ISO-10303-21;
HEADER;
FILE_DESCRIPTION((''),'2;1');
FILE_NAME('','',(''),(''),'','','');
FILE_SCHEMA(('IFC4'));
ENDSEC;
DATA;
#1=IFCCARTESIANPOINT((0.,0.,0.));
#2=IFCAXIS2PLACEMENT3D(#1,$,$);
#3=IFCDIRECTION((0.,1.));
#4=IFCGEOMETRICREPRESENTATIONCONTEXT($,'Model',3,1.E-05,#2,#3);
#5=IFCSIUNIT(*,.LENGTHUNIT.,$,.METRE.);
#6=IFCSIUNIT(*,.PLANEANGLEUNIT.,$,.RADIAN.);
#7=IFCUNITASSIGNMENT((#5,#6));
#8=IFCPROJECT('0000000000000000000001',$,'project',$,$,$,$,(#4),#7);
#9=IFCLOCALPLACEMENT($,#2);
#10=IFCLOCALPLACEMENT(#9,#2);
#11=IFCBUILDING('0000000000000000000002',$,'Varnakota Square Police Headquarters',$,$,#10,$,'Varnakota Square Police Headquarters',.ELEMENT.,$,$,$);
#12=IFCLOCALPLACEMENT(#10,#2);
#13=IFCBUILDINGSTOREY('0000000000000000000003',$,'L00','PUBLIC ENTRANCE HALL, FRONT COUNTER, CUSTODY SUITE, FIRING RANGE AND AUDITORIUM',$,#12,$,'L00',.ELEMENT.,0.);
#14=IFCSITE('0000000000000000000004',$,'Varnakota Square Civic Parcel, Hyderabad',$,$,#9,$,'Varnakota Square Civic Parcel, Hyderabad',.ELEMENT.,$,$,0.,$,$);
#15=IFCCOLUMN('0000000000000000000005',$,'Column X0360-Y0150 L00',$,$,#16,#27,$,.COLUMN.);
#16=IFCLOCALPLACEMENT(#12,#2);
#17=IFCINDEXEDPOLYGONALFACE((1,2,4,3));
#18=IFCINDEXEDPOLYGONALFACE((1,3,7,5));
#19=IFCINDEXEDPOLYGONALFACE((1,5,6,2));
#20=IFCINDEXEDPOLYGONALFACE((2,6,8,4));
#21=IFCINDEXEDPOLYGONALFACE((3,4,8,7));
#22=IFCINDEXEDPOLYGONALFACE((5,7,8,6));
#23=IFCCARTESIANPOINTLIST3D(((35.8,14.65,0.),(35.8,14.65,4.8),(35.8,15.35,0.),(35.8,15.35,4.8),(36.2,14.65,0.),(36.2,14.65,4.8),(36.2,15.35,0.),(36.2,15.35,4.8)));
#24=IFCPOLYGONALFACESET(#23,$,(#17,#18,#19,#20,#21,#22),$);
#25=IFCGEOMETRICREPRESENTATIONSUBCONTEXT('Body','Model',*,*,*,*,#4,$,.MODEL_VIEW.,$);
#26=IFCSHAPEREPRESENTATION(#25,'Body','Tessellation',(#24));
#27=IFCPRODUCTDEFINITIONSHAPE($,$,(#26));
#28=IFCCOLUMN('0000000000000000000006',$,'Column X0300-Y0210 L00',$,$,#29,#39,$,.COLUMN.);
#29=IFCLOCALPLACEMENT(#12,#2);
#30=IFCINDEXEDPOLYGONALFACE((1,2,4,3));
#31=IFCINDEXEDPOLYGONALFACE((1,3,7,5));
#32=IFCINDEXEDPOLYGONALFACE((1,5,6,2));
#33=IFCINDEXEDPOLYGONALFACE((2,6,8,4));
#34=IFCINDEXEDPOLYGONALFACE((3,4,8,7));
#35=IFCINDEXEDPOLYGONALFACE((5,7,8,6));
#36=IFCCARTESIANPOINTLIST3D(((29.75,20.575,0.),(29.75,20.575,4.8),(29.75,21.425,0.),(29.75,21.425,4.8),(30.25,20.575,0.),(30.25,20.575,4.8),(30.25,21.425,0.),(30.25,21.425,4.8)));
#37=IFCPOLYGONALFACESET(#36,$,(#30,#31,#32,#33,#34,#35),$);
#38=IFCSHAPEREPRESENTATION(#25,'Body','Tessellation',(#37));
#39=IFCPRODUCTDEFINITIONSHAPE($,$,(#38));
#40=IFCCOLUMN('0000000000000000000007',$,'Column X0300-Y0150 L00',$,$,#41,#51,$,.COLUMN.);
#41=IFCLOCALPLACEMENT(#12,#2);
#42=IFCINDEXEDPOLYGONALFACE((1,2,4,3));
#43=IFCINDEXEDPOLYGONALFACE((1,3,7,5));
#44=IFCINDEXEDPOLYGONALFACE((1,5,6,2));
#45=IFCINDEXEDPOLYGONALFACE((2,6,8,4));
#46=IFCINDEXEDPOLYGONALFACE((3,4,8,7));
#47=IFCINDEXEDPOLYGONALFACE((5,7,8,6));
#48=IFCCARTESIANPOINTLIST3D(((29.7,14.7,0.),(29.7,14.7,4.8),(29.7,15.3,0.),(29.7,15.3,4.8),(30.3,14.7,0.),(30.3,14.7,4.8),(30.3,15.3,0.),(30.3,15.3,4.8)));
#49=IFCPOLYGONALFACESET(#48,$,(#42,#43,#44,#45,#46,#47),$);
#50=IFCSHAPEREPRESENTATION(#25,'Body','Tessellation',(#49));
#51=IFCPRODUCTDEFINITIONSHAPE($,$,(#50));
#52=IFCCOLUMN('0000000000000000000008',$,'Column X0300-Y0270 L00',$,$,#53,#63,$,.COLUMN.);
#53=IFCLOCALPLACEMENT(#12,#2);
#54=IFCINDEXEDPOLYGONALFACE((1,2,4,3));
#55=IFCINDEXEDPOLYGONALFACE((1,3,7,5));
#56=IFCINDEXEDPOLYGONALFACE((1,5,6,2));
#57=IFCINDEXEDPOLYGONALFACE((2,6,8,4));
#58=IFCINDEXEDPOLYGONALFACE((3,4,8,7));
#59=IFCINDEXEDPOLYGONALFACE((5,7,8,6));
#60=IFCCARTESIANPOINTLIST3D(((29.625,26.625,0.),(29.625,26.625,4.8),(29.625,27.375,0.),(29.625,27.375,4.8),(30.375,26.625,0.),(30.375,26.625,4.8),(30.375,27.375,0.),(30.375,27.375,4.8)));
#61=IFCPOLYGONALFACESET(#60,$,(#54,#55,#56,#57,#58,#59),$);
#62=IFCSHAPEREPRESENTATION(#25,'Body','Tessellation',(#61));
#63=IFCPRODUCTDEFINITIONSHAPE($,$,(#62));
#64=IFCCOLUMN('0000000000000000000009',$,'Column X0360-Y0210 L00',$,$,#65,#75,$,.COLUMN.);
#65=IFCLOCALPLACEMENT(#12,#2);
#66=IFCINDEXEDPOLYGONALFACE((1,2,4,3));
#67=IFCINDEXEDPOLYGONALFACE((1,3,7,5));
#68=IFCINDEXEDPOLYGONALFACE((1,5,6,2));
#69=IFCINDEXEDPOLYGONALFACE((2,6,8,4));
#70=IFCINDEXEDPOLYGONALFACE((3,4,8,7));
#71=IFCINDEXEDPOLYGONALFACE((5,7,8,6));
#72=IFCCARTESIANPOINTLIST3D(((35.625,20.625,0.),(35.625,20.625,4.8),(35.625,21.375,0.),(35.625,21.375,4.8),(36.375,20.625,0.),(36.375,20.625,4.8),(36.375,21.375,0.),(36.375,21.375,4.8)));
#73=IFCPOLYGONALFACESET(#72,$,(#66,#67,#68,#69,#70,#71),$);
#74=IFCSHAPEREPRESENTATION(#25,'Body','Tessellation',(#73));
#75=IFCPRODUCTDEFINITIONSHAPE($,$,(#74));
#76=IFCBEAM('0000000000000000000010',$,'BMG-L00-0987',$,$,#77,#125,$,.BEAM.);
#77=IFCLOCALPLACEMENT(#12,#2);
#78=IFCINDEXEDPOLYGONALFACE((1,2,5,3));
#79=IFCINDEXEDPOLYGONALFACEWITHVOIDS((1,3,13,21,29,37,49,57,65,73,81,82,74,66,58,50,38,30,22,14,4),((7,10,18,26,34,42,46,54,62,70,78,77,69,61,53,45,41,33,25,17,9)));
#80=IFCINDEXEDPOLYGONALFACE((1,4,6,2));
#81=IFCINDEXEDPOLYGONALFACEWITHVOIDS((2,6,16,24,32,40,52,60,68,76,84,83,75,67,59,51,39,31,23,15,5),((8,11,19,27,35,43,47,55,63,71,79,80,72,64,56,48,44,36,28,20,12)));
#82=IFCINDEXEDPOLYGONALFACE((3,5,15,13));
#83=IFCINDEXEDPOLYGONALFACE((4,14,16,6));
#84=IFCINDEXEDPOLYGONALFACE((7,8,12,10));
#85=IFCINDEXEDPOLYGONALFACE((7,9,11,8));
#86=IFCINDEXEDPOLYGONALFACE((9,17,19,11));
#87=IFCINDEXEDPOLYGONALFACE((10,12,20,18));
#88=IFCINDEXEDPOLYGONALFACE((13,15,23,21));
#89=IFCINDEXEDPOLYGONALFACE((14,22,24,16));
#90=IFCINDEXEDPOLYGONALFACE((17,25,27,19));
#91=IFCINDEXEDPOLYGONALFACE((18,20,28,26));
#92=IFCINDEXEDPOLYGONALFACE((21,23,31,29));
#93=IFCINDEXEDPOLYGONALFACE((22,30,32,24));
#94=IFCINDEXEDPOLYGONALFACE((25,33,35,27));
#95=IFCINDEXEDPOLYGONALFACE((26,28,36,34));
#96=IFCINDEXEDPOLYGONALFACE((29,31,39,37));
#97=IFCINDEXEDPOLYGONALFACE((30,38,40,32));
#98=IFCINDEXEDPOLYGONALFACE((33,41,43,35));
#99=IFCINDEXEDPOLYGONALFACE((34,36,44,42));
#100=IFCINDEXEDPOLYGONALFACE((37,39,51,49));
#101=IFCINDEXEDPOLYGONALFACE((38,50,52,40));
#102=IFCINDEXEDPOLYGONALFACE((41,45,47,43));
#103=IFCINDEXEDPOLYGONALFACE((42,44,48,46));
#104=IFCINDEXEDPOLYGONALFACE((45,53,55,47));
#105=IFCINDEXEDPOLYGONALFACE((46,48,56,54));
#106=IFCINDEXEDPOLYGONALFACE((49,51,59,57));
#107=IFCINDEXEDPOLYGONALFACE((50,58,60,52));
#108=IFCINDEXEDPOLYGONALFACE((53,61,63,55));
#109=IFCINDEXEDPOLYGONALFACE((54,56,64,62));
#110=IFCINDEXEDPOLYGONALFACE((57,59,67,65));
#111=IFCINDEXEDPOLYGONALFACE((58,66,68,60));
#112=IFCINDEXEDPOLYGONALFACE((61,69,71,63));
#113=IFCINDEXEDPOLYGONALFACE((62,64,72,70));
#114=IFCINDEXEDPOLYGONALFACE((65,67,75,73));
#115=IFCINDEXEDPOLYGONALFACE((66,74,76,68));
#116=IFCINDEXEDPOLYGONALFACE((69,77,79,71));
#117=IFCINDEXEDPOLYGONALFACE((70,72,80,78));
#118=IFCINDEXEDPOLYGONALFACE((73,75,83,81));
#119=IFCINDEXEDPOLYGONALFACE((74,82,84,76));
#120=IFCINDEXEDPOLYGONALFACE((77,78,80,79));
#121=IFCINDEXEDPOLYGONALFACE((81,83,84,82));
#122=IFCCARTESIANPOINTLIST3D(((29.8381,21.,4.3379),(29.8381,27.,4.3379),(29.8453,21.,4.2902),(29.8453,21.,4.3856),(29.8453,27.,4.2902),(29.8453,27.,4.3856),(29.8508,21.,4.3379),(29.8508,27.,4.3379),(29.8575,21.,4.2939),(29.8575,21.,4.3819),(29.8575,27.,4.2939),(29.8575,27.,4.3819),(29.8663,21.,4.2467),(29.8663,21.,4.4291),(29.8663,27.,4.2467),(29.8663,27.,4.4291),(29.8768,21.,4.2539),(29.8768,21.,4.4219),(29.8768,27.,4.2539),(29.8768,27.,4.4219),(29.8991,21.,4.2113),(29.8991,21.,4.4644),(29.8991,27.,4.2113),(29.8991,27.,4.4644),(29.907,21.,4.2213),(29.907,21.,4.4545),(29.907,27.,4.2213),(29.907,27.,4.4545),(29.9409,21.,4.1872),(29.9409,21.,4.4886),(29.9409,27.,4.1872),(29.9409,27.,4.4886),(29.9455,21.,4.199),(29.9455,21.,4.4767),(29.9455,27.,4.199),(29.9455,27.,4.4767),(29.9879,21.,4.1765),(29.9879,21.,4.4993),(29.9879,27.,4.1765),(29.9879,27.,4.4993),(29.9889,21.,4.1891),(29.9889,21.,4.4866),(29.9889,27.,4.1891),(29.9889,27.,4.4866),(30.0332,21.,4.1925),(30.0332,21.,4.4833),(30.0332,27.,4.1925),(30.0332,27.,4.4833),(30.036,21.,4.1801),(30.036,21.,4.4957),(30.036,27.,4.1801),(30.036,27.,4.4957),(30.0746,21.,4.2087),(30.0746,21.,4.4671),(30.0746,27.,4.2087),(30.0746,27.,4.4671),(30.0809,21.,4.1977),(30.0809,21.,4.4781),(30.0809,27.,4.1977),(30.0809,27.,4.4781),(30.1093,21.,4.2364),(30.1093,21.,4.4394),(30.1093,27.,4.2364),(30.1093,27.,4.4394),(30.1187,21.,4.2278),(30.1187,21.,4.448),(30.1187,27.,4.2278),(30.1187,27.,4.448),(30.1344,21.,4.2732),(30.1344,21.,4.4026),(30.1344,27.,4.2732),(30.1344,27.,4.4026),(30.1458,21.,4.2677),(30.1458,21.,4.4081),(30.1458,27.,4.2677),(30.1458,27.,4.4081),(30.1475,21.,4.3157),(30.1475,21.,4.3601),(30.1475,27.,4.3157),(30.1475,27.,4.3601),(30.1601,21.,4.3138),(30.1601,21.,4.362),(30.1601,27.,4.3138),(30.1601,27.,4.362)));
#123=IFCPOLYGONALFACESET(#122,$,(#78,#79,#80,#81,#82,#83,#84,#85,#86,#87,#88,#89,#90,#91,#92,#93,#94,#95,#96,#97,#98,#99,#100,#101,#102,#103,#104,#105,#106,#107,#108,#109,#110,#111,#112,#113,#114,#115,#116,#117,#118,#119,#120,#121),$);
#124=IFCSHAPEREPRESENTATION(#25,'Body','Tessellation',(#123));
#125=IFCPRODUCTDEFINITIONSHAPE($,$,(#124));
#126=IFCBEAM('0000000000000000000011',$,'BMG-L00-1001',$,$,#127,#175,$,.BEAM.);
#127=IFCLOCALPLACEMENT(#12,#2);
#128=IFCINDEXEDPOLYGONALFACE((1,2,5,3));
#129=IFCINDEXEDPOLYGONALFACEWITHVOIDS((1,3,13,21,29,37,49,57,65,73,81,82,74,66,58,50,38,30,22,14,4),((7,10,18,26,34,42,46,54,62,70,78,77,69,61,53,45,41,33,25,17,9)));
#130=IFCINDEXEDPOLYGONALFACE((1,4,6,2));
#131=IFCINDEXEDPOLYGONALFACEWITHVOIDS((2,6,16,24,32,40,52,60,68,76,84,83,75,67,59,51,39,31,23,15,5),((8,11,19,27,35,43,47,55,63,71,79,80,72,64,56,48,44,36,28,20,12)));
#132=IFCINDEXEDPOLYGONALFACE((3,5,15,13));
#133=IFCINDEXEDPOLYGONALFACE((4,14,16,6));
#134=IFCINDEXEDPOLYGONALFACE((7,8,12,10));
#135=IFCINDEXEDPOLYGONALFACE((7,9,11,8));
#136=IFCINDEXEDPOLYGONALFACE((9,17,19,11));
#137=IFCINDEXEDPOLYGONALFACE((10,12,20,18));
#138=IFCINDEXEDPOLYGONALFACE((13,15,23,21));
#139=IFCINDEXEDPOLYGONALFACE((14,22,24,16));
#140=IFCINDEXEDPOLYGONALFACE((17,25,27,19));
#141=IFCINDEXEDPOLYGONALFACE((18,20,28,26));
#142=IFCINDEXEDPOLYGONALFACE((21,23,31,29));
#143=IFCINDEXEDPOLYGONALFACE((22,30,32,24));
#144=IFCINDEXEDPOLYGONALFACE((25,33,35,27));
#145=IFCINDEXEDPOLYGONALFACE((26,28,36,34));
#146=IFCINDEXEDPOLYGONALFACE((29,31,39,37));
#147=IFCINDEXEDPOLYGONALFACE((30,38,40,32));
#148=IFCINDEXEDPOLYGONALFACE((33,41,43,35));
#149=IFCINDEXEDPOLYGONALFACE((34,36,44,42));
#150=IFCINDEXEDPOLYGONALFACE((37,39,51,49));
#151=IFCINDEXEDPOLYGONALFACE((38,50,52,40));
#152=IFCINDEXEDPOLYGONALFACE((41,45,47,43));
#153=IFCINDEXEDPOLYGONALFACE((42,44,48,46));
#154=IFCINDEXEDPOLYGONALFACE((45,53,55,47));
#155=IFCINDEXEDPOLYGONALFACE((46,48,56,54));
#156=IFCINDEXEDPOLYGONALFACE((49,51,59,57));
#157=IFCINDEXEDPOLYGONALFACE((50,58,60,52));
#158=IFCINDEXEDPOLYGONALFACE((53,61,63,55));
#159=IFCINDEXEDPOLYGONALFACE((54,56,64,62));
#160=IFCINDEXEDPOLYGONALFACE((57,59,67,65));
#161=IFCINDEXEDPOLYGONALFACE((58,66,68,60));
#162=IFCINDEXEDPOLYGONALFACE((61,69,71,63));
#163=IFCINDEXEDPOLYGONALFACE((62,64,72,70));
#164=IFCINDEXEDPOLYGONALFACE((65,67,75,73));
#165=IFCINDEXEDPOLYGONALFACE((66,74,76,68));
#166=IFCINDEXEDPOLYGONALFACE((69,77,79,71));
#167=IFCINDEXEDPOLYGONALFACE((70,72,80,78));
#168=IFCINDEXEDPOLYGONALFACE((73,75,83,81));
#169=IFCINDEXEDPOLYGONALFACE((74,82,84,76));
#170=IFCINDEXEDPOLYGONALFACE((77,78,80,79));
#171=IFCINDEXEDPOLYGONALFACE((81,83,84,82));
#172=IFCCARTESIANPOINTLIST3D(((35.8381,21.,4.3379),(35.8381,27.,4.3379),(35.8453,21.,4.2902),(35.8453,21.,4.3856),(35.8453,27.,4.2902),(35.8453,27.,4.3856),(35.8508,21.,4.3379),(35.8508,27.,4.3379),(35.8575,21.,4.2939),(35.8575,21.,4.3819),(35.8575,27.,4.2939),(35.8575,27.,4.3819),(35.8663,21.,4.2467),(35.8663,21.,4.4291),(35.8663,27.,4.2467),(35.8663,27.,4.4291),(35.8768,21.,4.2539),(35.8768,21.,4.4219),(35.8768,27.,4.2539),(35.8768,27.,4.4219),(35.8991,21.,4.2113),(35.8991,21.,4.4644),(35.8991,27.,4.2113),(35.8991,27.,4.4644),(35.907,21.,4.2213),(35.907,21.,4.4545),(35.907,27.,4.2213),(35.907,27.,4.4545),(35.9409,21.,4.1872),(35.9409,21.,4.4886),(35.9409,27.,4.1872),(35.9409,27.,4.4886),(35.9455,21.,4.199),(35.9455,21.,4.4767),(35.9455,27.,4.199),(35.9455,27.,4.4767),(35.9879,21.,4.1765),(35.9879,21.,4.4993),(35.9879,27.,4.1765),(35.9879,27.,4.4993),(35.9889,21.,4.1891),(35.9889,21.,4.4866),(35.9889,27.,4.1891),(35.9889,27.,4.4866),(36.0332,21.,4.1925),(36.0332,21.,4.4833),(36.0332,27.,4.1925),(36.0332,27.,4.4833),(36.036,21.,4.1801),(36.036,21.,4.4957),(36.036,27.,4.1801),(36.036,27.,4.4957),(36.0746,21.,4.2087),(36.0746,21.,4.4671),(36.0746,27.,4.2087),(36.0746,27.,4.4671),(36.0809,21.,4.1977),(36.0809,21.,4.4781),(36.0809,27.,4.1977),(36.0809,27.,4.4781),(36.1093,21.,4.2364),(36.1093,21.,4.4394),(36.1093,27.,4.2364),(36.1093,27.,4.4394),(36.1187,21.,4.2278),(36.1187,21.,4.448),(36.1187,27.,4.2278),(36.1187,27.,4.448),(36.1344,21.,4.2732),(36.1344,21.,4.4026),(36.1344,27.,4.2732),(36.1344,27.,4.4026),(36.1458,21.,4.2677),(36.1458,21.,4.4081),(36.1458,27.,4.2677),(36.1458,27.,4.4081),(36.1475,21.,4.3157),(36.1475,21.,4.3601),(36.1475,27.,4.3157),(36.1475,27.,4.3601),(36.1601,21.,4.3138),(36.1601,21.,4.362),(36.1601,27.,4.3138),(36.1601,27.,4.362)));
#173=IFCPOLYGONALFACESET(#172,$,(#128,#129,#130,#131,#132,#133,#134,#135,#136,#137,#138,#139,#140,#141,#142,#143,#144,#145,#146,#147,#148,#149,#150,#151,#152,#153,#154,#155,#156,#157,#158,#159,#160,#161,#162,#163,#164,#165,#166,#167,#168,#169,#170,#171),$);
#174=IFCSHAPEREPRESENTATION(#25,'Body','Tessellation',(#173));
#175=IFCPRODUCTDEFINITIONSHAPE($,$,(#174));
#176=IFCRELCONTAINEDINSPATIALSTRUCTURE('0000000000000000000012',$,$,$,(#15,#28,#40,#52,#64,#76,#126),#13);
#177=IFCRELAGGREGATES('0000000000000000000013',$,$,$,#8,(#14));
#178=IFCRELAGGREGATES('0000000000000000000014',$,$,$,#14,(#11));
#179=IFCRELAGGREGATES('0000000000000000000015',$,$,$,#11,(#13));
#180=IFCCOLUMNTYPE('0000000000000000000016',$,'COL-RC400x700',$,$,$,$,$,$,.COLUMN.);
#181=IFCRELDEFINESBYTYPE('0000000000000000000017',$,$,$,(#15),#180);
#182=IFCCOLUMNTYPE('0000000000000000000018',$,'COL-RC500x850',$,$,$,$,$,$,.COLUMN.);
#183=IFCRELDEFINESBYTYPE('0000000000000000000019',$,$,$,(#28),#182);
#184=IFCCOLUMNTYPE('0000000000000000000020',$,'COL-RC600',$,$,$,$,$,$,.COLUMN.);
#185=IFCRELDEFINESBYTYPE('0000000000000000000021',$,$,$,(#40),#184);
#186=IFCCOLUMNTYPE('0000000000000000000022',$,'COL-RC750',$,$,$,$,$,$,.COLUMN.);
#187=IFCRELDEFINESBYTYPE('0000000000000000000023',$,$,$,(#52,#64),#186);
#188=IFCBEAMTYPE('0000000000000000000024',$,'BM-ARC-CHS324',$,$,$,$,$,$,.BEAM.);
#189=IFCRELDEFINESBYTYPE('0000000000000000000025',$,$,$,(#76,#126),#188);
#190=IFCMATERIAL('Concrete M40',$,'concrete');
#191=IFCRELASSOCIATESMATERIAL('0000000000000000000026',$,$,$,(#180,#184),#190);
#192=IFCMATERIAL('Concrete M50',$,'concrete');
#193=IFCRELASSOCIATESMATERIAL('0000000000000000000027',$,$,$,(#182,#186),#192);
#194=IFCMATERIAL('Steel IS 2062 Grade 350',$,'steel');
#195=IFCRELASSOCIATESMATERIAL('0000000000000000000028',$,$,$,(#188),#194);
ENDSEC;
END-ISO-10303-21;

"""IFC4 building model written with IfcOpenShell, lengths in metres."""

from ifc_helpers import new_model, si_unit, direction, frame, origin, origin_2d, place, context, subcontext, project, spatial, rectangle, hollow_circle, extrude, material, material_profile, profile_set, type_object, element, save


model = new_model("IFC4")

# Units and contexts
model_context = context("Model", 3, precision=1e-05, world=origin(), true_north=direction((0.0, 1.0)))
body_context = subcontext(model_context, "Body", "Model", "MODEL_VIEW")
ifc_project = project(units=[si_unit("LENGTHUNIT", "METRE"), si_unit("PLANEANGLEUNIT", "RADIAN")], contexts=[model_context])

# Site, building, storey
site_placement = place(None, origin())
site = spatial("IfcSite", under=ifc_project, at=site_placement, Name="Varnakota Square Civic Parcel, Hyderabad", LongName="Varnakota Square Civic Parcel, Hyderabad", CompositionType="ELEMENT", RefElevation=0.0)
building_placement = place(site_placement, origin())
building = spatial("IfcBuilding", under=site, at=building_placement, Name="Varnakota Square Police Headquarters", LongName="Varnakota Square Police Headquarters", CompositionType="ELEMENT")
storey_placement = place(building_placement, origin())
storey = spatial("IfcBuildingStorey", under=building, at=storey_placement, Name="L00", Description="PUBLIC ENTRANCE HALL, FRONT COUNTER, CUSTODY SUITE, FIRING RANGE AND AUDITORIUM", LongName="L00", CompositionType="ELEMENT", Elevation=0.0)

# Columns
ifc_material_1 = material(Name="Concrete M40", Category="concrete")
ifc_material_profile_1 = material_profile(ifc_material_1, rectangle(XDim=0.3999, YDim=0.7, at=origin_2d()), Name="RC 400x700")
ifc_profile_set_1 = profile_set([ifc_material_profile_1], Name="Concrete M40")
column_type_1 = type_object("IfcColumnType", Name="COL-RC400x700", PredefinedType="COLUMN", material=ifc_profile_set_1)
column_1_placement = place(storey_placement, frame((36.0, 15.0, 0.0), z_axis=(0.0, 0.0, 1.0), x_axis=(1.0, 0.0, 0.0)))
element("IfcColumn", 1, at=column_1_placement, inside=storey, type_object=column_type_1, Name="Column X0360-Y0150 L00", PredefinedType="COLUMN", context=body_context, shape_type="SweptSolid", body=[
    extrude(rectangle(XDim=0.3999, YDim=0.7, at=origin_2d()), origin(), (0.0, 0.0, 1.0), 4.8),
])
ifc_material_2 = material(Name="Concrete M50", Category="concrete")
ifc_material_profile_2 = material_profile(ifc_material_2, rectangle(XDim=0.5, YDim=0.8501, at=origin_2d()), Name="RC 500x850")
ifc_profile_set_2 = profile_set([ifc_material_profile_2], Name="Concrete M50")
column_type_2 = type_object("IfcColumnType", Name="COL-RC500x850", PredefinedType="COLUMN", material=ifc_profile_set_2)
column_2_placement = place(storey_placement, frame((30.0, 21.0, 0.0), z_axis=(0.0, 0.0, 1.0), x_axis=(1.0, 0.0, 0.0)))
element("IfcColumn", 2, at=column_2_placement, inside=storey, type_object=column_type_2, Name="Column X0300-Y0210 L00", PredefinedType="COLUMN", context=body_context, shape_type="SweptSolid", body=[
    extrude(rectangle(XDim=0.5, YDim=0.8501, at=origin_2d()), origin(), (0.0, 0.0, 1.0), 4.8),
])
ifc_material_profile_3 = material_profile(ifc_material_1, rectangle(XDim=0.6001, YDim=0.6001, at=origin_2d()), Name="RC 600x600")
ifc_profile_set_3 = profile_set([ifc_material_profile_3], Name="Concrete M40")
column_type_3 = type_object("IfcColumnType", Name="COL-RC600", PredefinedType="COLUMN", material=ifc_profile_set_3)
column_3_placement = place(storey_placement, frame((30.0, 15.0, 0.0), z_axis=(0.0, 0.0, 1.0), x_axis=(1.0, 0.0, 0.0)))
element("IfcColumn", 3, at=column_3_placement, inside=storey, type_object=column_type_3, Name="Column X0300-Y0150 L00", PredefinedType="COLUMN", context=body_context, shape_type="SweptSolid", body=[
    extrude(rectangle(XDim=0.6001, YDim=0.6001, at=origin_2d()), origin(), (0.0, 0.0, 1.0), 4.8),
])
ifc_material_profile_4 = material_profile(ifc_material_2, rectangle(XDim=0.75, YDim=0.75, at=origin_2d()), Name="RC 750x750")
ifc_profile_set_4 = profile_set([ifc_material_profile_4], Name="Concrete M50")
column_type_4 = type_object("IfcColumnType", Name="COL-RC750", PredefinedType="COLUMN", material=ifc_profile_set_4)
for number, where, z_axis, x_axis, name in (
    (4, (30.0, 27.0, 0.0), (0.0, 0.0, 1.0), (1.0, 0.0, 0.0), "Column X0300-Y0270 L00"),
    (5, (36.0, 21.0, 0.0), (0.0, 0.0, 1.0), (1.0, 0.0, 0.0), "Column X0360-Y0210 L00"),
):
    element("IfcColumn", number, at=place(storey_placement, frame(where, z_axis=z_axis, x_axis=x_axis)), inside=storey, type_object=column_type_4, Name=name, PredefinedType="COLUMN", context=body_context, shape_type="SweptSolid", body=[
        extrude(rectangle(XDim=0.75, YDim=0.75, at=origin_2d()), origin(), (0.0, 0.0, 1.0), 4.8),
    ])

# Beams
ifc_material_3 = material(Name="Steel IS 2062 Grade 350", Category="steel")
ifc_material_profile_5 = material_profile(ifc_material_3, hollow_circle(Radius=0.1619, WallThickness=0.0127, at=origin_2d()), Name="CHS 323.9x12.7")
ifc_profile_set_5 = profile_set([ifc_material_profile_5], Name="Steel IS 2062 Grade 350")
beam_type_1 = type_object("IfcBeamType", Name="BM-ARC-CHS324", PredefinedType="BEAM", material=ifc_profile_set_5)
for number, where, z_axis, x_axis, name in (
    (6, (30.0, 21.0, 4.3379), (0.0, 1.0, 0.0), (-1.0, 0.0, 0.0), "BMG-L00-0987"),
    (7, (36.0, 21.0, 4.3379), (0.0, 1.0, 0.0), (-1.0, 0.0, 0.0), "BMG-L00-1001"),
):
    element("IfcBeam", number, at=place(storey_placement, frame(where, z_axis=z_axis, x_axis=x_axis)), inside=storey, type_object=beam_type_1, Name=name, PredefinedType="BEAM", context=body_context, shape_type="SweptSolid", body=[
        extrude(hollow_circle(Radius=0.1619, WallThickness=0.0127, at=origin_2d()), origin(), (0.0, 0.0, 1.0), 6.0),
    ])

save(model, "model.ifc")
